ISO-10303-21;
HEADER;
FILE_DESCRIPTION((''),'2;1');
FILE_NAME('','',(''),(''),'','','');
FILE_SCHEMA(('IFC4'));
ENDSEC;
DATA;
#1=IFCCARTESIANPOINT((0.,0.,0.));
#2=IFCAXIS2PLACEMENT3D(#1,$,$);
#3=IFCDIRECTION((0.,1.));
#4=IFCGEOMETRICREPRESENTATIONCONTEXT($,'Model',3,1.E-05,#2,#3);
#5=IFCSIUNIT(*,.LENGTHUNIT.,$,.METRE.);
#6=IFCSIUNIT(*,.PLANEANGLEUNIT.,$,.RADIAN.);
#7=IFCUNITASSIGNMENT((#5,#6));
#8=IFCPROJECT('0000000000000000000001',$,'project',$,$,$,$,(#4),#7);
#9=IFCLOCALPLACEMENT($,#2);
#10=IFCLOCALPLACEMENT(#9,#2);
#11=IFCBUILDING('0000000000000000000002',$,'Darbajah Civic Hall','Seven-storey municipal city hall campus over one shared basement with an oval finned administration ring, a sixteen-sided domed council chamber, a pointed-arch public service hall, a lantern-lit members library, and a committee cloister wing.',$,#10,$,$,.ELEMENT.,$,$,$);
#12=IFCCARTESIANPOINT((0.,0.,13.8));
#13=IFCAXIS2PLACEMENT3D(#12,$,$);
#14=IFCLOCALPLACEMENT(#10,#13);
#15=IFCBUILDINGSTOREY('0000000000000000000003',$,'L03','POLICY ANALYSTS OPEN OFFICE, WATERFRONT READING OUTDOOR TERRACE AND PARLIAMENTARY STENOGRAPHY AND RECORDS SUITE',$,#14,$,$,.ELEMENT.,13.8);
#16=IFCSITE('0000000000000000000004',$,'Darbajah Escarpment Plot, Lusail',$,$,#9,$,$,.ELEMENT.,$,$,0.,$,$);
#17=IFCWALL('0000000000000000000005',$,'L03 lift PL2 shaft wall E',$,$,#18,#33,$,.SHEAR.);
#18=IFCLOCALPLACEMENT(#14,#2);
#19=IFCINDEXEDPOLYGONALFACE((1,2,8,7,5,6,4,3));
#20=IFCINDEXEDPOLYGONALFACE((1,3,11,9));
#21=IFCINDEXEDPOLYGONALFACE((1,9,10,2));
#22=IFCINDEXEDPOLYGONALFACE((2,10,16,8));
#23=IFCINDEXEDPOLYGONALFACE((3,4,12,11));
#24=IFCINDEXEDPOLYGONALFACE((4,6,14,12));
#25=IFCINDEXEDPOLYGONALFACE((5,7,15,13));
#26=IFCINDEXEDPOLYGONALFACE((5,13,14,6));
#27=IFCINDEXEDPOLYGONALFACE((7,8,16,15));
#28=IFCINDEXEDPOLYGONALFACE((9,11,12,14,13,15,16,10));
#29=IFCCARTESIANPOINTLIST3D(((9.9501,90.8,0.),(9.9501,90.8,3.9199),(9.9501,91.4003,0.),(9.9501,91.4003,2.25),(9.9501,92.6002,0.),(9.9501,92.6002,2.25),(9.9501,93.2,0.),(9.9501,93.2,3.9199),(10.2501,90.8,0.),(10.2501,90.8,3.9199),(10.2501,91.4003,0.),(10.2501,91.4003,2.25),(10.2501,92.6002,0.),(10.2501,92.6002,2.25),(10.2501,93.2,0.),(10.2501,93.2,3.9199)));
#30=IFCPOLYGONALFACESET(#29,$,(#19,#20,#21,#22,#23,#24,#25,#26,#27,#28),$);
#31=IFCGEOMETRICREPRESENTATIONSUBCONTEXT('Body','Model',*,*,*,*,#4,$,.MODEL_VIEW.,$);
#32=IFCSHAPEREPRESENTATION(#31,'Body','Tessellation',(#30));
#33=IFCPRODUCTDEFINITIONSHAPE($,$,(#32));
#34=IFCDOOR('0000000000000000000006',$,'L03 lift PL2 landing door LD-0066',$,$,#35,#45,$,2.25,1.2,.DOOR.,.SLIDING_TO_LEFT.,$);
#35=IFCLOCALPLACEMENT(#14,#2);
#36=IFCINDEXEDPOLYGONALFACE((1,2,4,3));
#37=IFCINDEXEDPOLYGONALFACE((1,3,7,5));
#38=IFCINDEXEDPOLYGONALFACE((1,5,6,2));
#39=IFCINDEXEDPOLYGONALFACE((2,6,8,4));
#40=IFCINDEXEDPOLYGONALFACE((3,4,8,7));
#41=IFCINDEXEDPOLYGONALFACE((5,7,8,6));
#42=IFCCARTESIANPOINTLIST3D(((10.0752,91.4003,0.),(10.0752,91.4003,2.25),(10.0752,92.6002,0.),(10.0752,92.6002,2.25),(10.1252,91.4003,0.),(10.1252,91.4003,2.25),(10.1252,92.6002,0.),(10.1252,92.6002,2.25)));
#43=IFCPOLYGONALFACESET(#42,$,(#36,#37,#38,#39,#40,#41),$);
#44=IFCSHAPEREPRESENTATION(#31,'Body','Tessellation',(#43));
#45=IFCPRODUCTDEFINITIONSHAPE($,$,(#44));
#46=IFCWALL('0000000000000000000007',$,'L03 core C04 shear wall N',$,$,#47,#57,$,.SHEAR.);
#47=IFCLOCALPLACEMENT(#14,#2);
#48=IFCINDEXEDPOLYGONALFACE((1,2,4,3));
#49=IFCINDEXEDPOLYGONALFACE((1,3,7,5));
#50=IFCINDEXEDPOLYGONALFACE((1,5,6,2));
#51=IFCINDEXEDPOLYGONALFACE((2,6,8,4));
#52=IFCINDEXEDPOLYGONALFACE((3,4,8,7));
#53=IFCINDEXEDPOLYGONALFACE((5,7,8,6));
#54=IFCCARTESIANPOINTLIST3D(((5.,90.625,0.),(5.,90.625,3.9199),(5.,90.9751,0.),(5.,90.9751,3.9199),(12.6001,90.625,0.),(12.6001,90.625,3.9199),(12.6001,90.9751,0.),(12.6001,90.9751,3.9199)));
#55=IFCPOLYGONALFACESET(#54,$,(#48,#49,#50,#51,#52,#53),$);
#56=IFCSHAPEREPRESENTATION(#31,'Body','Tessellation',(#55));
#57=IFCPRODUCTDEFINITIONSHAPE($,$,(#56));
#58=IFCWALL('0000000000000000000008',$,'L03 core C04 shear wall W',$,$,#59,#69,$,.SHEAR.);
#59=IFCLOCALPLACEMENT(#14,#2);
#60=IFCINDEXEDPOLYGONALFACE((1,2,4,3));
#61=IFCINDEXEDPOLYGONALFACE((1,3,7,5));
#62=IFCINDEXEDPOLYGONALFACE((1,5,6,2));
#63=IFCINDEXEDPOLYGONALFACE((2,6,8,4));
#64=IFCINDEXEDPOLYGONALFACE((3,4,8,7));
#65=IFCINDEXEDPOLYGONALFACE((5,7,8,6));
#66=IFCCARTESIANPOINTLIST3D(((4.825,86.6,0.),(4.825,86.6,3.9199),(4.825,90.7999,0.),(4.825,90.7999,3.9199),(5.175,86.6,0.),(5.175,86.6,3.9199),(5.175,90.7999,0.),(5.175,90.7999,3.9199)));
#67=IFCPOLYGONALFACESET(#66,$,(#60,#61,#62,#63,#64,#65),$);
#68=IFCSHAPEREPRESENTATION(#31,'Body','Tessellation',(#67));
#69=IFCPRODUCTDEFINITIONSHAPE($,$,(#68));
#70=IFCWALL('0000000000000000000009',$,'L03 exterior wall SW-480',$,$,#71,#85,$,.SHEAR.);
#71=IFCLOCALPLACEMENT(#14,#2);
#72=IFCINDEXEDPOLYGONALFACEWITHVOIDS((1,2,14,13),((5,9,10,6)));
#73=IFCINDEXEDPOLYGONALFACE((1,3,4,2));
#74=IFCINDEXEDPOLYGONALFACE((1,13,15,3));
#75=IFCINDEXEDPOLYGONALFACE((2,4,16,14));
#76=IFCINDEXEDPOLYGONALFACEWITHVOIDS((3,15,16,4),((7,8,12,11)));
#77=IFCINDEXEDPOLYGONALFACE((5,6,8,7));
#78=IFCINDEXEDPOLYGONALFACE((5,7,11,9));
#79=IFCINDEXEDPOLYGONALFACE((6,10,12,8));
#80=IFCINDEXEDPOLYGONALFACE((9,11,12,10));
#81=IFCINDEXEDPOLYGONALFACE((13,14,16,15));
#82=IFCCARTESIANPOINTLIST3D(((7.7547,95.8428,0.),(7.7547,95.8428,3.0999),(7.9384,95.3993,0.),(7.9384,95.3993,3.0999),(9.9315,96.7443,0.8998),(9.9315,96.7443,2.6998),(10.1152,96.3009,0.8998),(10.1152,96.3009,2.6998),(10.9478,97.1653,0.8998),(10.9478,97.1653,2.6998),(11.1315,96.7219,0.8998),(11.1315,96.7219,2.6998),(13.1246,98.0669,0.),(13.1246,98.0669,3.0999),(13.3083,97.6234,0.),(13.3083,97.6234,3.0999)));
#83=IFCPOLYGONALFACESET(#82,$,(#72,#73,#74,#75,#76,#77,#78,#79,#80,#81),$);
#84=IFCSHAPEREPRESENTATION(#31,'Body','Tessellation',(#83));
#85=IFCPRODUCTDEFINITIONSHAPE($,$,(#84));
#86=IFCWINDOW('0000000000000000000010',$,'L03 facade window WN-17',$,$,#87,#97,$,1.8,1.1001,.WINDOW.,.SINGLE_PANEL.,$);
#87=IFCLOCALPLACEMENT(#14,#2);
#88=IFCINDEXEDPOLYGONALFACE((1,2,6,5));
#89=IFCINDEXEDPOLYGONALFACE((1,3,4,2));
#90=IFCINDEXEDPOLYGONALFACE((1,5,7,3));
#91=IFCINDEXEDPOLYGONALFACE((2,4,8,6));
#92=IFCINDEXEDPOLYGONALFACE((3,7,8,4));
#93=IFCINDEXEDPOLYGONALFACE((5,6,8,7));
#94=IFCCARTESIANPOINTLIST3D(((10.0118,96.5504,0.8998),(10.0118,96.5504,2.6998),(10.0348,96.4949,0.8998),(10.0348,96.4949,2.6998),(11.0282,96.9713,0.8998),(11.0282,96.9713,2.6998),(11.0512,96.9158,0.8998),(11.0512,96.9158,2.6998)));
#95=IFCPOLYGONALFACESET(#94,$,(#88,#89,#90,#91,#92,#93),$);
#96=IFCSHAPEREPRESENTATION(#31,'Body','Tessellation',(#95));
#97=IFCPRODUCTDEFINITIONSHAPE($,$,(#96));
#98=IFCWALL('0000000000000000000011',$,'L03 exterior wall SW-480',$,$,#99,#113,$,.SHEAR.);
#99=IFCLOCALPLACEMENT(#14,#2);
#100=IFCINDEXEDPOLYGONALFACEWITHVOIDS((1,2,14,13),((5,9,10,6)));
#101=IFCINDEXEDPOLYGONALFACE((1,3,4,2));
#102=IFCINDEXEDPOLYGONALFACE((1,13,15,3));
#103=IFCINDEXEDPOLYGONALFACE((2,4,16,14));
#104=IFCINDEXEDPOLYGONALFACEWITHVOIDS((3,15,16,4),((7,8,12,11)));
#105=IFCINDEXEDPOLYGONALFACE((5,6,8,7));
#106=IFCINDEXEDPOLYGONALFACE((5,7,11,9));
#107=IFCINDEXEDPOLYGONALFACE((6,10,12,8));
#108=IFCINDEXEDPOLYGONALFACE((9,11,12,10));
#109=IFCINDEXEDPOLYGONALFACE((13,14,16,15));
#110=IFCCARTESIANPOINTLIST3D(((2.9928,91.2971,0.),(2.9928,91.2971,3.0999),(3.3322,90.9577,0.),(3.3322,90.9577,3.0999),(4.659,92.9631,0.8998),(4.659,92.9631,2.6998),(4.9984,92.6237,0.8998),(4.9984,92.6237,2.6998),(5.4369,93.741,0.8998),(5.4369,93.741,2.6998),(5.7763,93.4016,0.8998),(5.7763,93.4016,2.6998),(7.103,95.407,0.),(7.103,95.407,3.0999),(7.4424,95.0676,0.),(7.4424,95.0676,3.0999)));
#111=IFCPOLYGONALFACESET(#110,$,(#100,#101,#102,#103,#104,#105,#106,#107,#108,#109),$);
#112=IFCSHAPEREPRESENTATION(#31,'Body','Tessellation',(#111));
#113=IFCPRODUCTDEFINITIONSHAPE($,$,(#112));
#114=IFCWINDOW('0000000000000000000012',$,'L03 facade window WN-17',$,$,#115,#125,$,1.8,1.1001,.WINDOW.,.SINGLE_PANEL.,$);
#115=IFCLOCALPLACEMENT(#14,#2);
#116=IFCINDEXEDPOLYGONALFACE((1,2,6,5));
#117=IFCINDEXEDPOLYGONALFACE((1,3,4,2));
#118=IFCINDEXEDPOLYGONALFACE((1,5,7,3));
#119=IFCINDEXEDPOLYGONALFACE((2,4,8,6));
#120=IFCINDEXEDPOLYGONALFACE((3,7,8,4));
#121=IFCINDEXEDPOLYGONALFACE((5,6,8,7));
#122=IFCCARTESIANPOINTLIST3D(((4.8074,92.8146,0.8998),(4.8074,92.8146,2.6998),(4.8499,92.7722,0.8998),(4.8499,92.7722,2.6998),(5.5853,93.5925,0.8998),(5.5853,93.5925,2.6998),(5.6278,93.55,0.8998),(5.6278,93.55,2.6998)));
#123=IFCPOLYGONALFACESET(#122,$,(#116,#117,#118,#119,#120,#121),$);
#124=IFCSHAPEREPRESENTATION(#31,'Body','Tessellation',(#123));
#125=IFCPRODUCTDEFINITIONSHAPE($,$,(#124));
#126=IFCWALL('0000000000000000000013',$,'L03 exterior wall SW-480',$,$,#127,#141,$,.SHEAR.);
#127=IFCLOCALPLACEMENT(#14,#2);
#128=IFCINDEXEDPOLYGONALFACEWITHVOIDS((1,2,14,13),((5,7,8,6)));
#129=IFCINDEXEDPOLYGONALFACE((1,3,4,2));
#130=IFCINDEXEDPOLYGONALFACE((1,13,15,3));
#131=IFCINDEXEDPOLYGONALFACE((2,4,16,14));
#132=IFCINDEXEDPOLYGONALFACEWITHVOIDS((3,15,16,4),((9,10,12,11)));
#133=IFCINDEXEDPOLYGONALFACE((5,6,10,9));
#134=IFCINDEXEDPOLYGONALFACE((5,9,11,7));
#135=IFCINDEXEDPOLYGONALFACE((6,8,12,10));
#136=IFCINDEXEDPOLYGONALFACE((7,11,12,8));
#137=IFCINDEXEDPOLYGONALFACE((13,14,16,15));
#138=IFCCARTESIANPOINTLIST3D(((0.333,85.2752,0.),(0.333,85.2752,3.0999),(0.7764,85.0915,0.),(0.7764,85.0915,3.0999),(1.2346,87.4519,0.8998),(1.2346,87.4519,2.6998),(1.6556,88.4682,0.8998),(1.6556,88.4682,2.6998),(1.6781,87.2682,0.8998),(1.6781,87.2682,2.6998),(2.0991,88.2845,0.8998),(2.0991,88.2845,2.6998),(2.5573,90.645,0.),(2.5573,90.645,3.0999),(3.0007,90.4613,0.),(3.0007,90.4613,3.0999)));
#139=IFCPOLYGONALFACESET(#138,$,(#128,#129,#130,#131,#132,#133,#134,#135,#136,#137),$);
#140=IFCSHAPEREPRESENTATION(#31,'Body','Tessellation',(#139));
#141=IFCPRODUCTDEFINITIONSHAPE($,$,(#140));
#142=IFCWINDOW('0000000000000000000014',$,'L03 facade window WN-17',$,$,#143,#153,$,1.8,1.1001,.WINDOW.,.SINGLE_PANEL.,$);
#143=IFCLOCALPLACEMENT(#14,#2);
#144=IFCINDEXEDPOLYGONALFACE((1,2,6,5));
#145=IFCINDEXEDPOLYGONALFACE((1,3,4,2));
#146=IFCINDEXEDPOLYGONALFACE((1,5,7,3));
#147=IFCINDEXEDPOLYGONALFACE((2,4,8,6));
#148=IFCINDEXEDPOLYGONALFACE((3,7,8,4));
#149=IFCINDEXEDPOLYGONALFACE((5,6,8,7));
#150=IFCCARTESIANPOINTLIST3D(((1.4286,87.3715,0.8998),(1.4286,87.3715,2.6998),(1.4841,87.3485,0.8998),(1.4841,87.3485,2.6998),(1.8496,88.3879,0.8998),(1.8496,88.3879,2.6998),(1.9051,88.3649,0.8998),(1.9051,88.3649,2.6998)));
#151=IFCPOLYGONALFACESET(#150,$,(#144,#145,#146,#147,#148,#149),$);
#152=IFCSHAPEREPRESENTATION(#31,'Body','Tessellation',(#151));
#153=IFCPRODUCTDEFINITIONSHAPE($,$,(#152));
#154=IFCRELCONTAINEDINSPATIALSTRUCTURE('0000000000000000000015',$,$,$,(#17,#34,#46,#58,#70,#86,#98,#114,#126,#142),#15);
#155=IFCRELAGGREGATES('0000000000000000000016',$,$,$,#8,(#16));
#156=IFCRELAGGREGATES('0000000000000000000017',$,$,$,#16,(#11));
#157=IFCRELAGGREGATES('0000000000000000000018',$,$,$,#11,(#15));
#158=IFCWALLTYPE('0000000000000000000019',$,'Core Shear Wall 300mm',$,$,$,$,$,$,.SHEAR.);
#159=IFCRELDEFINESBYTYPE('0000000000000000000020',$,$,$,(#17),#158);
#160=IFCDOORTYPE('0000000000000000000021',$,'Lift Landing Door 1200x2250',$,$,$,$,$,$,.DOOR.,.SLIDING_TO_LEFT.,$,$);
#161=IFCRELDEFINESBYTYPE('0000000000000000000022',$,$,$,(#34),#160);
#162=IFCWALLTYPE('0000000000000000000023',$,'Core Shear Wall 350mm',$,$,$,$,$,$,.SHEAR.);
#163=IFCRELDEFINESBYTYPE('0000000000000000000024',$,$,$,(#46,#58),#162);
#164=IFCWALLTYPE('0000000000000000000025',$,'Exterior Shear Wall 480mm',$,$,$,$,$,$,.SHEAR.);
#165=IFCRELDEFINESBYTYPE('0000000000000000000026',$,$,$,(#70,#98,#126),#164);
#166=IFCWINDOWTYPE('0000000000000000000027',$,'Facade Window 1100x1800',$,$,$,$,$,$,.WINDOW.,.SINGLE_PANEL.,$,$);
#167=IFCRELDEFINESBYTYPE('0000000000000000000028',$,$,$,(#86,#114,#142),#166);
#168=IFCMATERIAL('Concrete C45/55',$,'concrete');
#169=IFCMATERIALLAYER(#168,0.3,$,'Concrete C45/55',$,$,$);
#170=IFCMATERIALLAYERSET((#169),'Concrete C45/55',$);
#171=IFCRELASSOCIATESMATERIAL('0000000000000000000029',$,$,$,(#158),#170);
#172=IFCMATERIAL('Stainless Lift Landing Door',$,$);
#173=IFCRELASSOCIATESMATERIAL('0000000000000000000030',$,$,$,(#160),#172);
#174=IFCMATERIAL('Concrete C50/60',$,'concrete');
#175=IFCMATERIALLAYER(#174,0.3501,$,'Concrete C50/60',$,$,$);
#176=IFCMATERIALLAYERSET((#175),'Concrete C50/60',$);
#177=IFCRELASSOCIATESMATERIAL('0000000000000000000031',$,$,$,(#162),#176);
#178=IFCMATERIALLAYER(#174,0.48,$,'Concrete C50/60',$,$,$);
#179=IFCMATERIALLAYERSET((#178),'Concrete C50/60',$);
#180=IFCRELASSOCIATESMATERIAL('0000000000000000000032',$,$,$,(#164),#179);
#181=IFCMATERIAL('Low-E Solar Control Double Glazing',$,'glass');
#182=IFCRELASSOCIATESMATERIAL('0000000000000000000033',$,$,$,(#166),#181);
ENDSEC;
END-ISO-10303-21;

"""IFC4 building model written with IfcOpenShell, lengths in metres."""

from ifc_helpers import new_model, si_unit, direction, frame, frame_2d, origin, place, context, subcontext, project, spatial, rectangle, extrude, material, layer, layer_set, type_object, element, fill, save


model = new_model("IFC4")

# Units and contexts
model_context = context("Model", 3, precision=1e-05, world=origin(), true_north=direction((0.0, 1.0)))
body_context = subcontext(model_context, "Body", "Model", "MODEL_VIEW")
ifc_project = project(units=[si_unit("LENGTHUNIT", "METRE"), si_unit("PLANEANGLEUNIT", "RADIAN")], contexts=[model_context])

# Site, building, storey
site_placement = place(None, origin())
site = spatial("IfcSite", under=ifc_project, at=site_placement, Name="Darbajah Escarpment Plot, Lusail", CompositionType="ELEMENT", RefElevation=0.0)
building_placement = place(site_placement, origin())
building = spatial("IfcBuilding", under=site, at=building_placement, Name="Darbajah Civic Hall", Description="Seven-storey municipal city hall campus over one shared basement with an oval finned administration ring, a sixteen-sided domed council chamber, a pointed-arch public service hall, a lantern-lit members library, and a committee cloister wing.", CompositionType="ELEMENT")
storey_placement = place(building_placement, frame((0.0, 0.0, 13.8)))
storey = spatial("IfcBuildingStorey", under=building, at=storey_placement, Name="L03", Description="POLICY ANALYSTS OPEN OFFICE, WATERFRONT READING OUTDOOR TERRACE AND PARLIAMENTARY STENOGRAPHY AND RECORDS SUITE", CompositionType="ELEMENT", Elevation=13.8)

# Shared definitions
ifc_material_1 = material(Name="Concrete C45/55", Category="concrete")

# Shared definitions
ifc_material_2 = material(Name="Concrete C50/60", Category="concrete")

# Shared definitions
ifc_layer_1 = layer(ifc_material_1, 0.3, Name="Concrete C45/55")
ifc_layer_set_1 = layer_set([ifc_layer_1], Name="Concrete C45/55")
wall_type_1 = type_object("IfcWallType", Name="Core Shear Wall 300mm", PredefinedType="SHEAR", material=ifc_layer_set_1)

# Wall, opening, door
wall_1_placement = place(storey_placement, frame((10.1001, 90.8, 0.0), z_axis=(0.0, 0.0, 1.0), x_axis=(0.0, 1.0, 0.0)))
wall_1 = element("IfcWall", 1, at=wall_1_placement, inside=storey, type_object=wall_type_1, Name="L03 lift PL2 shaft wall E", PredefinedType="SHEAR", context=body_context, shape_type="SweptSolid", body=[
    extrude(rectangle(XDim=2.3999, YDim=0.3, at=frame_2d((1.2, 0.0))), origin(), (0.0, 0.0, 1.0), 3.9199),
])
opening_1_placement = place(wall_1_placement, frame((0.6001, 0.0, 0.0)))
opening_1 = element("IfcOpeningElement", 2, at=opening_1_placement, cuts=wall_1, PredefinedType="OPENING", context=body_context, shape_type="SweptSolid", body=[
    extrude(rectangle(XDim=1.2, YDim=2.25, at=frame_2d((0.6001, 1.125))), frame((0.0, 0.1599, 0.0), z_axis=(0.0, -1.0, 0.0), x_axis=(1.0, 0.0, 0.0)), (0.0, 0.0, 1.0), 0.3201),
])
ifc_material_3 = material(Name="Stainless Lift Landing Door")
door_type = type_object("IfcDoorType", Name="Lift Landing Door 1200x2250", OperationType="SLIDING_TO_LEFT", PredefinedType="DOOR", material=ifc_material_3)
door_placement = place(opening_1_placement, origin())
door = element("IfcDoor", 3, at=door_placement, inside=storey, type_object=door_type, Name="L03 lift PL2 landing door LD-0066", OperationType="SLIDING_TO_LEFT", OverallHeight=2.25, OverallWidth=1.2, PredefinedType="DOOR", context=body_context, shape_type="SweptSolid", body=[
    extrude(rectangle(XDim=1.2, YDim=2.25, at=frame_2d((0.6001, 1.125))), frame((0.0, 0.0249, 0.0), z_axis=(0.0, -1.0, 0.0), x_axis=(1.0, 0.0, 0.0)), (0.0, 0.0, 1.0), 0.05),
])
fill(opening_1, door)

# Walls
ifc_layer_2 = layer(ifc_material_2, 0.3501, Name="Concrete C50/60")
ifc_layer_set_2 = layer_set([ifc_layer_2], Name="Concrete C50/60")
wall_type_2 = type_object("IfcWallType", Name="Core Shear Wall 350mm", PredefinedType="SHEAR", material=ifc_layer_set_2)
wall_2_placement = place(storey_placement, frame((12.6001, 90.8, 0.0), z_axis=(0.0, 0.0, 1.0), x_axis=(-1.0, 0.0, 0.0)))
element("IfcWall", 4, at=wall_2_placement, inside=storey, type_object=wall_type_2, Name="L03 core C04 shear wall N", PredefinedType="SHEAR", context=body_context, shape_type="SweptSolid", body=[
    extrude(rectangle(XDim=7.6001, YDim=0.3501, at=frame_2d((3.8, 0.0))), origin(), (0.0, 0.0, 1.0), 3.9199),
])
wall_3_placement = place(storey_placement, frame((5.0, 90.8, 0.0), z_axis=(0.0, 0.0, 1.0), x_axis=(0.0, -1.0, 0.0)))
element("IfcWall", 5, at=wall_3_placement, inside=storey, type_object=wall_type_2, Name="L03 core C04 shear wall W", PredefinedType="SHEAR", context=body_context, shape_type="SweptSolid", body=[
    extrude(rectangle(XDim=4.2, YDim=0.3501, at=frame_2d((2.1001, 0.0))), origin(), (0.0, 0.0, 1.0), 3.9199),
])

# Walls, openings, windows
ifc_layer_3 = layer(ifc_material_2, 0.48, Name="Concrete C50/60")
ifc_layer_set_3 = layer_set([ifc_layer_3], Name="Concrete C50/60")
wall_type_3 = type_object("IfcWallType", Name="Exterior Shear Wall 480mm", PredefinedType="SHEAR", material=ifc_layer_set_3)
wall_4_placement = place(storey_placement, frame((13.2166, 97.8452, 0.0), z_axis=(0.0, 0.0, 1.0), x_axis=(-0.923889, -0.382661, 0.0)))
wall_4 = element("IfcWall", 6, at=wall_4_placement, inside=storey, type_object=wall_type_3, Name="L03 exterior wall SW-480", PredefinedType="SHEAR", context=body_context, shape_type="SweptSolid", body=[
    extrude(rectangle(XDim=5.8123, YDim=0.48, at=frame_2d((2.9062, 0.0))), origin(), (0.0, 0.0, 1.0), 3.0999),
])
opening_2_placement = place(wall_4_placement, frame((2.3562, 0.0, 0.8999)))
opening_2 = element("IfcOpeningElement", 7, at=opening_2_placement, cuts=wall_4, PredefinedType="OPENING", context=body_context, shape_type="SweptSolid", body=[
    extrude(rectangle(XDim=1.1001, YDim=1.8, at=frame_2d((0.55, 0.8999))), frame((0.0, 0.25, 0.0), z_axis=(0.0, -1.0, 0.0), x_axis=(1.0, 0.0, 0.0)), (0.0, 0.0, 1.0), 0.5),
])
ifc_material_4 = material(Name="Low-E Solar Control Double Glazing", Category="glass")
window_type = type_object("IfcWindowType", Name="Facade Window 1100x1800", PartitioningType="SINGLE_PANEL", PredefinedType="WINDOW", material=ifc_material_4)
window_1_placement = place(opening_2_placement, origin())
window_1 = element("IfcWindow", 8, at=window_1_placement, inside=storey, type_object=window_type, Name="L03 facade window WN-17", OverallHeight=1.8, OverallWidth=1.1001, PartitioningType="SINGLE_PANEL", PredefinedType="WINDOW", context=body_context, shape_type="SweptSolid", body=[
    extrude(rectangle(XDim=1.1001, YDim=1.8, at=frame_2d((0.55, 0.8999))), frame((0.0, 0.03, 0.0), z_axis=(0.0, -1.0, 0.0), x_axis=(1.0, 0.0, 0.0)), (0.0, 0.0, 1.0), 0.0601),
])
fill(opening_2, window_1)
wall_5_placement = place(storey_placement, frame((7.2727, 95.2373, 0.0), z_axis=(0.0, 0.0, 1.0), x_axis=(-0.707128, -0.707086, 0.0)))
wall_5 = element("IfcWall", 9, at=wall_5_placement, inside=storey, type_object=wall_type_3, Name="L03 exterior wall SW-480", PredefinedType="SHEAR", context=body_context, shape_type="SweptSolid", body=[
    extrude(rectangle(XDim=5.8125, YDim=0.48, at=frame_2d((2.9062, 0.0))), origin(), (0.0, 0.0, 1.0), 3.0999),
])
opening_3_placement = place(wall_5_placement, frame((2.3562, 0.0, 0.8999)))
opening_3 = element("IfcOpeningElement", 10, at=opening_3_placement, cuts=wall_5, PredefinedType="OPENING", context=body_context, shape_type="SweptSolid", body=[
    extrude(rectangle(XDim=1.1001, YDim=1.8, at=frame_2d((0.55, 0.8999))), frame((0.0, 0.25, 0.0), z_axis=(0.0, -1.0, 0.0), x_axis=(1.0, 0.0, 0.0)), (0.0, 0.0, 1.0), 0.5),
])
window_2_placement = place(opening_3_placement, origin())
window_2 = element("IfcWindow", 11, at=window_2_placement, inside=storey, type_object=window_type, Name="L03 facade window WN-17", OverallHeight=1.8, OverallWidth=1.1001, PartitioningType="SINGLE_PANEL", PredefinedType="WINDOW", context=body_context, shape_type="SweptSolid", body=[
    extrude(rectangle(XDim=1.1001, YDim=1.8, at=frame_2d((0.55, 0.8999))), frame((0.0, 0.03, 0.0), z_axis=(0.0, -1.0, 0.0), x_axis=(1.0, 0.0, 0.0)), (0.0, 0.0, 1.0), 0.0601),
])
fill(opening_3, window_2)
wall_6_placement = place(storey_placement, frame((2.7791, 90.5532, 0.0), z_axis=(0.0, 0.0, 1.0), x_axis=(-0.382697, -0.923874, 0.0)))
wall_6 = element("IfcWall", 12, at=wall_6_placement, inside=storey, type_object=wall_type_3, Name="L03 exterior wall SW-480", PredefinedType="SHEAR", context=body_context, shape_type="SweptSolid", body=[
    extrude(rectangle(XDim=5.8123, YDim=0.48, at=frame_2d((2.9062, 0.0))), origin(), (0.0, 0.0, 1.0), 3.0999),
])
opening_4_placement = place(wall_6_placement, frame((2.3562, 0.0, 0.8999)))
opening_4 = element("IfcOpeningElement", 13, at=opening_4_placement, cuts=wall_6, PredefinedType="OPENING", context=body_context, shape_type="SweptSolid", body=[
    extrude(rectangle(XDim=1.1001, YDim=1.8, at=frame_2d((0.55, 0.8999))), frame((0.0, 0.25, 0.0), z_axis=(0.0, -1.0, 0.0), x_axis=(1.0, 0.0, 0.0)), (0.0, 0.0, 1.0), 0.5),
])
window_3_placement = place(opening_4_placement, origin())
window_3 = element("IfcWindow", 14, at=window_3_placement, inside=storey, type_object=window_type, Name="L03 facade window WN-17", OverallHeight=1.8, OverallWidth=1.1001, PartitioningType="SINGLE_PANEL", PredefinedType="WINDOW", context=body_context, shape_type="SweptSolid", body=[
    extrude(rectangle(XDim=1.1001, YDim=1.8, at=frame_2d((0.55, 0.8999))), frame((0.0, 0.03, 0.0), z_axis=(0.0, -1.0, 0.0), x_axis=(1.0, 0.0, 0.0)), (0.0, 0.0, 1.0), 0.0601),
])
fill(opening_4, window_3)

save(model, "model.ifc")
